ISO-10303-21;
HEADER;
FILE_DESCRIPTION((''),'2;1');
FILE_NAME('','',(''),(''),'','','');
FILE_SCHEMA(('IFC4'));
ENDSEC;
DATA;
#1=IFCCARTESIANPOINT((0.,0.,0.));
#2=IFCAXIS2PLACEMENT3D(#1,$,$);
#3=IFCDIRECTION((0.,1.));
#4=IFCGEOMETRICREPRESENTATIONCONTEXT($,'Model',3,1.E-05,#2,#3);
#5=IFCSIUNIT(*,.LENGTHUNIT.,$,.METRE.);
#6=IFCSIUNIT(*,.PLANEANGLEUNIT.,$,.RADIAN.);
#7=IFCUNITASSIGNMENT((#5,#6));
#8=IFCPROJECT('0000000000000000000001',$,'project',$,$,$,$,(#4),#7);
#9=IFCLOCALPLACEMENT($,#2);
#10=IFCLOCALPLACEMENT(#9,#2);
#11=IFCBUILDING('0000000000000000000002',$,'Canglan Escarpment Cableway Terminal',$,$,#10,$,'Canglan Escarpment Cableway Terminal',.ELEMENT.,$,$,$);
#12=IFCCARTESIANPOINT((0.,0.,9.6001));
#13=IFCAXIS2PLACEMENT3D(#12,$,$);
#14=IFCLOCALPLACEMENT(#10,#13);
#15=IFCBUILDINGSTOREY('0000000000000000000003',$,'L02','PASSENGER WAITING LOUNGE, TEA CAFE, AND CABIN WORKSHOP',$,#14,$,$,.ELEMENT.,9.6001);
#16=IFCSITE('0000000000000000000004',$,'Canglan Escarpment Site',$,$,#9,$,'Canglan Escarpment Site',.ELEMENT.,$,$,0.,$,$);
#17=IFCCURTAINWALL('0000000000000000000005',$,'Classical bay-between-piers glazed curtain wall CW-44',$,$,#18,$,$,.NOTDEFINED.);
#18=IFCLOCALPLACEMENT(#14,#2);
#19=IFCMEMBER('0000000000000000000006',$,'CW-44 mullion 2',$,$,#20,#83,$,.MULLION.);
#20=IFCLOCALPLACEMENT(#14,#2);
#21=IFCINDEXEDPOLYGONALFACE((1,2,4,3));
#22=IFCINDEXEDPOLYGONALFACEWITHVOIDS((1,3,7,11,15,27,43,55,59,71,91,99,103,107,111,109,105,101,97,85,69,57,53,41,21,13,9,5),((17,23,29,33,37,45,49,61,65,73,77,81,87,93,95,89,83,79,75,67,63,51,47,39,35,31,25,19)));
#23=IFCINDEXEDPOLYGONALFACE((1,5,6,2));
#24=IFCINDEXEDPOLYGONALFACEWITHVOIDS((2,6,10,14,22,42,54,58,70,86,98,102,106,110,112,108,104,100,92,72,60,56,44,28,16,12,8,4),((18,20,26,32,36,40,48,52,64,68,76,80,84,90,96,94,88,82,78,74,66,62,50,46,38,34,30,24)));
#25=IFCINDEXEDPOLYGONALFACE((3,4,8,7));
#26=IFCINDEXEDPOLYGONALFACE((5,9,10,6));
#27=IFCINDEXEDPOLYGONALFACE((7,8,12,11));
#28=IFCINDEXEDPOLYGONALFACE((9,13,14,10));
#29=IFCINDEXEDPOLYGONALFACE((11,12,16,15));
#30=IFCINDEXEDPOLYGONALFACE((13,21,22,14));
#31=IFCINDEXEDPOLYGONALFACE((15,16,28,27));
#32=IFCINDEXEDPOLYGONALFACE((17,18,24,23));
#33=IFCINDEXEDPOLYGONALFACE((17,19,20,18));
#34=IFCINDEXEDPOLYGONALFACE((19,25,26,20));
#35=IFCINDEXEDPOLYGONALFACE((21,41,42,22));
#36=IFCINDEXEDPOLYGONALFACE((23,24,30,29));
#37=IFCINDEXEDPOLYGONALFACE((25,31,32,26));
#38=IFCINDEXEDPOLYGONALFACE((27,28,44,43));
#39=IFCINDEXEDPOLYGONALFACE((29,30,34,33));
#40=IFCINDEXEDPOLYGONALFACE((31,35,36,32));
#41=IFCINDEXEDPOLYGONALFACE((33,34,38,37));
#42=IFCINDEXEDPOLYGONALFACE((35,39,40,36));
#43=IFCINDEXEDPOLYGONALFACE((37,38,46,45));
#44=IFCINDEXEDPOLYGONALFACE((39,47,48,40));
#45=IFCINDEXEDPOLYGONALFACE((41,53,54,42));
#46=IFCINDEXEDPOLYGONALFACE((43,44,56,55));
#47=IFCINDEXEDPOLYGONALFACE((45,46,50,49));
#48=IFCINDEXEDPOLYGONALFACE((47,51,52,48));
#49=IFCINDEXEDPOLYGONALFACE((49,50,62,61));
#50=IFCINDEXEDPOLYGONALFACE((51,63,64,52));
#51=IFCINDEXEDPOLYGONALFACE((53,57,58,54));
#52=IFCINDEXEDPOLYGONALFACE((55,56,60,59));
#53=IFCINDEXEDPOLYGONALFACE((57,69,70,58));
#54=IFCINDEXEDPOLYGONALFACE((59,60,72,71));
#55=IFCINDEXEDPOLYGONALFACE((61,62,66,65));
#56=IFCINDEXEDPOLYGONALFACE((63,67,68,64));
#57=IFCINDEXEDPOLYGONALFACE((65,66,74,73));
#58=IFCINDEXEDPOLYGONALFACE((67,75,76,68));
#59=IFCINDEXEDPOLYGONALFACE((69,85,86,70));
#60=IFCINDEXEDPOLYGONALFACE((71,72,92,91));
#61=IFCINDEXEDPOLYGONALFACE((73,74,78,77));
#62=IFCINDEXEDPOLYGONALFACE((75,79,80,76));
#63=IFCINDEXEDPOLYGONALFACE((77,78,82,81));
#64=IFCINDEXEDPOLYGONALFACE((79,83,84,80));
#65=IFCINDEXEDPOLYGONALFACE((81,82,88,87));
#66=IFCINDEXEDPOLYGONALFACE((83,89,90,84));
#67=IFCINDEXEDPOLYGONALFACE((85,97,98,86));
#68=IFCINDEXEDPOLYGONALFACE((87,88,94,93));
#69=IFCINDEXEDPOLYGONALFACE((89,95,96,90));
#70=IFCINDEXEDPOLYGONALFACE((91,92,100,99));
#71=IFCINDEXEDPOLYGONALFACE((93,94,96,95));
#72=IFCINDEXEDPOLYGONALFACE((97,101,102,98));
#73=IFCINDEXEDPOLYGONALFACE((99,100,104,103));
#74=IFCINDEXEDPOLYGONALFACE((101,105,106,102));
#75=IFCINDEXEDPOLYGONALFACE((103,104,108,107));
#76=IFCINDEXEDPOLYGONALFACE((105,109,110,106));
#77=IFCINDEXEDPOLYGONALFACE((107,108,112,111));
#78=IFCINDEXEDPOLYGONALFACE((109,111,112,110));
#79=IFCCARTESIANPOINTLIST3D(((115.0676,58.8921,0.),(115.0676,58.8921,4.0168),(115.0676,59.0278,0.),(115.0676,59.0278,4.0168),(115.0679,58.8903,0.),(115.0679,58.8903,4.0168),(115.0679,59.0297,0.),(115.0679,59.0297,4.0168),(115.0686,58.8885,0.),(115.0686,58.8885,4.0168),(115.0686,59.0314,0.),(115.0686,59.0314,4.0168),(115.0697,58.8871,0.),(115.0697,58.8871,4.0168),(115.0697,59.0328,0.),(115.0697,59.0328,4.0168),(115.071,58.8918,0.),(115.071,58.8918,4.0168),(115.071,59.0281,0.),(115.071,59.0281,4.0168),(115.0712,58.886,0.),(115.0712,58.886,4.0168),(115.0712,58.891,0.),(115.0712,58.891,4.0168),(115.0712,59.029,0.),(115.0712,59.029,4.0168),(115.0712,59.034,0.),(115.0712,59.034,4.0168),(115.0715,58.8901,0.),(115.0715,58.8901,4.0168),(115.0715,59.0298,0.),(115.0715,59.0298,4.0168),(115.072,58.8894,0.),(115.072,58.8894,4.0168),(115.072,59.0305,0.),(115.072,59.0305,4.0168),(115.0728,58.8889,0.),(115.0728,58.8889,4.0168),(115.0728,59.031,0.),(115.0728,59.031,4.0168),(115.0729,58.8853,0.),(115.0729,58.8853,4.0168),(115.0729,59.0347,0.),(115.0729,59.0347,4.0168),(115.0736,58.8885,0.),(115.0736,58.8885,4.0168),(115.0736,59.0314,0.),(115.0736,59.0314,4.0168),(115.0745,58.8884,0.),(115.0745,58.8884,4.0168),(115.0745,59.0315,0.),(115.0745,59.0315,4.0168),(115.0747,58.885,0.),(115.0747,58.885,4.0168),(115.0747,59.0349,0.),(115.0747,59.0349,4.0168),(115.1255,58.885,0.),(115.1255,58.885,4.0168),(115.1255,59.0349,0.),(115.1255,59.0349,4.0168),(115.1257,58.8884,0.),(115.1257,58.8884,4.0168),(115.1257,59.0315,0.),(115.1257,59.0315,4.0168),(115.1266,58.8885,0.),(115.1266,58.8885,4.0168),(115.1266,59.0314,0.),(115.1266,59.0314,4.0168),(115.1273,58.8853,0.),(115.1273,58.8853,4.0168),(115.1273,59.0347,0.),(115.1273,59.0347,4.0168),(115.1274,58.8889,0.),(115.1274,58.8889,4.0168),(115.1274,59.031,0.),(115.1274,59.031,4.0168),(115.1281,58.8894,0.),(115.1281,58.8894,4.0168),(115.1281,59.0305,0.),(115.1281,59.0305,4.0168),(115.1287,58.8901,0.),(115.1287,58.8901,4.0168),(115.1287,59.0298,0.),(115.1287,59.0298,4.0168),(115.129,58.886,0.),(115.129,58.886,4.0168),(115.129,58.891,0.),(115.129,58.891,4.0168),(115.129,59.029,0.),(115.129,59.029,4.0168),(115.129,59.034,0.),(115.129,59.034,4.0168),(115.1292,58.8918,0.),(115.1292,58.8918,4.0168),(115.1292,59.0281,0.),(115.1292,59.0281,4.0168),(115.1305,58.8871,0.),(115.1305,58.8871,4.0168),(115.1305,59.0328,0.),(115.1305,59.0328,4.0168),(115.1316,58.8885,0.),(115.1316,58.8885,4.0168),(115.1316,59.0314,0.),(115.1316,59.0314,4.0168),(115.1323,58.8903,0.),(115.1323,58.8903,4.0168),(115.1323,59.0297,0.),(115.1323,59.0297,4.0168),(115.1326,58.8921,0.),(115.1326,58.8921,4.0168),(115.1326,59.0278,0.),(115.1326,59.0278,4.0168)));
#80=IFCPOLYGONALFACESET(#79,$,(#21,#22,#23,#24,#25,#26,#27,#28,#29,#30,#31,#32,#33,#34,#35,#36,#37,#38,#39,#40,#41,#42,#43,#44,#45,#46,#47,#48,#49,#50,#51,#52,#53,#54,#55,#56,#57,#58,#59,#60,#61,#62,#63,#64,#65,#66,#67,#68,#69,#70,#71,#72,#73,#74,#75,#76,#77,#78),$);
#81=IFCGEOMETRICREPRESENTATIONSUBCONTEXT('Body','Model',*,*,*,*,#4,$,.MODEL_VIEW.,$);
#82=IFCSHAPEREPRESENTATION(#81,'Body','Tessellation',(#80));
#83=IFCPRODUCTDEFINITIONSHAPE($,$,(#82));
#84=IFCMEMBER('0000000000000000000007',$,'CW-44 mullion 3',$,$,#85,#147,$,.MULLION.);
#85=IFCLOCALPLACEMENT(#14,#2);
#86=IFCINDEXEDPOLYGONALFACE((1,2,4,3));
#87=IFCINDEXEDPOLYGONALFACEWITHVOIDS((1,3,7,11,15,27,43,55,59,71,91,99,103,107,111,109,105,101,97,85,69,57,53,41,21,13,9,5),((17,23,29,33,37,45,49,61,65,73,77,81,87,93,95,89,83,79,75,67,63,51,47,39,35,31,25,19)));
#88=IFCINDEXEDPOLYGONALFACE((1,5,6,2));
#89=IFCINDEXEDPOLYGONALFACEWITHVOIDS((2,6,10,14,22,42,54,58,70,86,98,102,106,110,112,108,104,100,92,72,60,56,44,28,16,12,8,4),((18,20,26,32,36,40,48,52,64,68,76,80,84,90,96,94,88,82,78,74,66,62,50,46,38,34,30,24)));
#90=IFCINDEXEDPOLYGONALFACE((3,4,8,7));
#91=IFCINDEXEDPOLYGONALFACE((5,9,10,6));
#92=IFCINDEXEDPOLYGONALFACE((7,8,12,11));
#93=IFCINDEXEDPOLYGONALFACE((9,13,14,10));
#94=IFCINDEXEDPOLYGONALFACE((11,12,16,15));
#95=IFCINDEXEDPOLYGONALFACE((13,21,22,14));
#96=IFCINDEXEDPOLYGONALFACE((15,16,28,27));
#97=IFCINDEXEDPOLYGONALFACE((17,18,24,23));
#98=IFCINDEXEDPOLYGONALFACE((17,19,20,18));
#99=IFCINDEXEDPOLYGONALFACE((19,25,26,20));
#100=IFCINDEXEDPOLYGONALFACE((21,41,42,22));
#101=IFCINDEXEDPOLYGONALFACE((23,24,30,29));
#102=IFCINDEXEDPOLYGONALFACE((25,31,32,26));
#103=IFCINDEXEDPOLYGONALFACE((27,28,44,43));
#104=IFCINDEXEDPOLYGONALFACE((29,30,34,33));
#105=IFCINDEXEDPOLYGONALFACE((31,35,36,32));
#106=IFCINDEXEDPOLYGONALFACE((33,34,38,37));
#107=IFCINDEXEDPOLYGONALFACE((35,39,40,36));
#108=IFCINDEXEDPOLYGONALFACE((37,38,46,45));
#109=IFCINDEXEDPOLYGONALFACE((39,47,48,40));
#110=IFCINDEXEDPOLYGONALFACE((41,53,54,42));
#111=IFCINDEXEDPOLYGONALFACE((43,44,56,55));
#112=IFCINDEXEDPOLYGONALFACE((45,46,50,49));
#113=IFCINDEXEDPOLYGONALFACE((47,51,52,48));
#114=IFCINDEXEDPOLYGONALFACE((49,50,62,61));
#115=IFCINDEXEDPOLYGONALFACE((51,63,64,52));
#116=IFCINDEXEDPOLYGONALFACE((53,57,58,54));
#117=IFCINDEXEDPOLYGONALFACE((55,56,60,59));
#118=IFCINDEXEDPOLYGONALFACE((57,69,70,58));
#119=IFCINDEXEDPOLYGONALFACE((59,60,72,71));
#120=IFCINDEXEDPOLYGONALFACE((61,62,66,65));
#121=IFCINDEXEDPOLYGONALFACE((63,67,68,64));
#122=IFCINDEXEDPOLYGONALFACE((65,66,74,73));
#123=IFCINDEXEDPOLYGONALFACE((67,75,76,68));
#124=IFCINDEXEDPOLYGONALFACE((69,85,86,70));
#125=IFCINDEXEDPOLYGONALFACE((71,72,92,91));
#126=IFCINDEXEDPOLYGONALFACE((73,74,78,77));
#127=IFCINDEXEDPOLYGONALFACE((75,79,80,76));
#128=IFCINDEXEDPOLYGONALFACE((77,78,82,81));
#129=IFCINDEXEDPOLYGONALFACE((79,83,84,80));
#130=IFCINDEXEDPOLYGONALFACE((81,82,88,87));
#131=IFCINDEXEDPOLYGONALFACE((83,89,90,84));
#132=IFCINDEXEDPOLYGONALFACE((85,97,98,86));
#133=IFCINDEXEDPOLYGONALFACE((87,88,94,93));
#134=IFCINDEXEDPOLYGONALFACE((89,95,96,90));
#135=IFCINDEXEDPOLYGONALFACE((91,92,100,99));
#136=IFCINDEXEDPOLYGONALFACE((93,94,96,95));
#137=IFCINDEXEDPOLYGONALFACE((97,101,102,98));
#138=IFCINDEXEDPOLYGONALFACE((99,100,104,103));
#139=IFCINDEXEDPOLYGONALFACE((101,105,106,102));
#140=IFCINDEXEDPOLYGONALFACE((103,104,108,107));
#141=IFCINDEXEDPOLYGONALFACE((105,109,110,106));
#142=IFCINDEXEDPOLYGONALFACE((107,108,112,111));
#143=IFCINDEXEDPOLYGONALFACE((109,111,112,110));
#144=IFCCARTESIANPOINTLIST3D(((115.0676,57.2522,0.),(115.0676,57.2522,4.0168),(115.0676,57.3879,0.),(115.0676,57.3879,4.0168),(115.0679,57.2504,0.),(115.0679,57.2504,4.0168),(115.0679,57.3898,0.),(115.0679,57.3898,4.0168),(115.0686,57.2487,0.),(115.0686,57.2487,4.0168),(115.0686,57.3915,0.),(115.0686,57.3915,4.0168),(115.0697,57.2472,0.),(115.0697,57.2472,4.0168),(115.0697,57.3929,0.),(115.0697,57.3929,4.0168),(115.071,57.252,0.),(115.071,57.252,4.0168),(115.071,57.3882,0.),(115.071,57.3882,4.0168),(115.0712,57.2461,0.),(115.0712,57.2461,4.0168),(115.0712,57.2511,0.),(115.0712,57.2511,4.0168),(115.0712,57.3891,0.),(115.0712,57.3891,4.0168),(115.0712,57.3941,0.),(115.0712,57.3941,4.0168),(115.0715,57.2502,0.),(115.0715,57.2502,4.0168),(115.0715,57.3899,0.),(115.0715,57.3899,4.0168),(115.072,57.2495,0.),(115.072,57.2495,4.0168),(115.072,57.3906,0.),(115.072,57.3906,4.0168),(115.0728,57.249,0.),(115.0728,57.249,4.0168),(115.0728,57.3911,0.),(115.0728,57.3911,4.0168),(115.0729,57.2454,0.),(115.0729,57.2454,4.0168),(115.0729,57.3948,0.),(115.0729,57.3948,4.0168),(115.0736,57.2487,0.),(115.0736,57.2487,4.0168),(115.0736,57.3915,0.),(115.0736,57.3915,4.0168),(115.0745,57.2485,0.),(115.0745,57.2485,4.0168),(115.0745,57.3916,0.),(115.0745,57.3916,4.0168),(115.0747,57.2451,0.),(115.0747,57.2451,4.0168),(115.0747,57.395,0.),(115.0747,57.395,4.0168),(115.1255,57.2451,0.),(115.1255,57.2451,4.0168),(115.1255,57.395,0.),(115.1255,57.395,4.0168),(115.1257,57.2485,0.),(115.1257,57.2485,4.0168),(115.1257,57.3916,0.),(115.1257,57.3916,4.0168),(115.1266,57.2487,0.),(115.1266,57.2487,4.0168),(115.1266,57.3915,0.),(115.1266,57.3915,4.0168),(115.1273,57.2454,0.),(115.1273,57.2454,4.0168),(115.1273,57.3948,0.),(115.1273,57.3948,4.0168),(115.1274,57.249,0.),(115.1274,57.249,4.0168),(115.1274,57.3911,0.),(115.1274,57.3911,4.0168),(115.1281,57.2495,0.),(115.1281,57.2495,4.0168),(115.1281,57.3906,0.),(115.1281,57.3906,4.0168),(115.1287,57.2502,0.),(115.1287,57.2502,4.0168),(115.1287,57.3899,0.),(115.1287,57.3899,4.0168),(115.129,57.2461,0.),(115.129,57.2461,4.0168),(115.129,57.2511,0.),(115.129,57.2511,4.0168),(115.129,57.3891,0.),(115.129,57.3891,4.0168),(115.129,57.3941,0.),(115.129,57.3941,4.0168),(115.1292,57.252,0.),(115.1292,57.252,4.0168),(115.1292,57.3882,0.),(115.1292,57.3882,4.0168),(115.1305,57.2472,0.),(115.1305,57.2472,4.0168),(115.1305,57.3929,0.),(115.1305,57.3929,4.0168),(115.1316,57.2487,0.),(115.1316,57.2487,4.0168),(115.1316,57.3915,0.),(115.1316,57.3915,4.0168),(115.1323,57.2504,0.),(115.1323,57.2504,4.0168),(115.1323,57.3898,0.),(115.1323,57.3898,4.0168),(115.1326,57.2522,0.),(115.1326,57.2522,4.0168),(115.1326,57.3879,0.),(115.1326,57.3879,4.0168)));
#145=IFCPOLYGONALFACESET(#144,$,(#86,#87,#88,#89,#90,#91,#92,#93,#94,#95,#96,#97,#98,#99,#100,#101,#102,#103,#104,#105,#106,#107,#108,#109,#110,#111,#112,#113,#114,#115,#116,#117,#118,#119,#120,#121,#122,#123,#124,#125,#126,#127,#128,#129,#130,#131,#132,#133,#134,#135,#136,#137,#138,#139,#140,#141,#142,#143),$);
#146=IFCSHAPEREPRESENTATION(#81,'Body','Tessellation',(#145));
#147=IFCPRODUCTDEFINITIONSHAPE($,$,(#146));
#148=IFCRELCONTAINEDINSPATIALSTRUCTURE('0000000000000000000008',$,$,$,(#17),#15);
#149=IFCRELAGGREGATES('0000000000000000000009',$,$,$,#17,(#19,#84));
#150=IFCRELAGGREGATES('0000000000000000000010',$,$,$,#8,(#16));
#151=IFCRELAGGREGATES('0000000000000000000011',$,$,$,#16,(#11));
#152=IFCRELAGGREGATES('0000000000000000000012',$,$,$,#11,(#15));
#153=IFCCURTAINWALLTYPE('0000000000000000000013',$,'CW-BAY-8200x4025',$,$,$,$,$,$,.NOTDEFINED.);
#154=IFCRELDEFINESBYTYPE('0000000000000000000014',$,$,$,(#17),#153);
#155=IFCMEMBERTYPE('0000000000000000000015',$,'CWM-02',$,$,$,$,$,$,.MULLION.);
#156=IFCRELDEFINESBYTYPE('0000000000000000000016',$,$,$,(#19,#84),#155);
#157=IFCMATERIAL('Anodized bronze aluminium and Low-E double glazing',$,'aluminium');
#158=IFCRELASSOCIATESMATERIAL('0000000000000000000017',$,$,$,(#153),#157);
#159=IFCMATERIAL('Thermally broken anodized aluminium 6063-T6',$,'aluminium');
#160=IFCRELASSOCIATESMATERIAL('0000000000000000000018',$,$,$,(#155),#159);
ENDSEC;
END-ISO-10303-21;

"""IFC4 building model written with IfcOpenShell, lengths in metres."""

from ifc_helpers import new_model, si_unit, direction, frame, origin, origin_2d, place, context, subcontext, project, spatial, hollow_rectangle, extrude, material, material_profile, profile_set, type_object, element, aggregate, save


model = new_model("IFC4")

# Units and contexts
model_context = context("Model", 3, precision=1e-05, world=origin(), true_north=direction((0.0, 1.0)))
body_context = subcontext(model_context, "Body", "Model", "MODEL_VIEW")
ifc_project = project(units=[si_unit("LENGTHUNIT", "METRE"), si_unit("PLANEANGLEUNIT", "RADIAN")], contexts=[model_context])

# Site, building, storey
site_placement = place(None, origin())
site = spatial("IfcSite", under=ifc_project, at=site_placement, Name="Canglan Escarpment Site", LongName="Canglan Escarpment Site", CompositionType="ELEMENT", RefElevation=0.0)
building_placement = place(site_placement, origin())
building = spatial("IfcBuilding", under=site, at=building_placement, Name="Canglan Escarpment Cableway Terminal", LongName="Canglan Escarpment Cableway Terminal", CompositionType="ELEMENT")
storey_placement = place(building_placement, frame((0.0, 0.0, 9.6001)))
storey = spatial("IfcBuildingStorey", under=building, at=storey_placement, Name="L02", Description="PASSENGER WAITING LOUNGE, TEA CAFE, AND CABIN WORKSHOP", CompositionType="ELEMENT", Elevation=9.6001)

# Curtain wall, members
ifc_material_1 = material(Name="Anodized bronze aluminium and Low-E double glazing", Category="aluminium")
curtain_wall_type = type_object("IfcCurtainWallType", Name="CW-BAY-8200x4025", PredefinedType="NOTDEFINED", material=ifc_material_1)
curtain_wall_placement = place(storey_placement, origin())
curtain_wall = element("IfcCurtainWall", 1, at=curtain_wall_placement, inside=storey, type_object=curtain_wall_type, Name="Classical bay-between-piers glazed curtain wall CW-44", PredefinedType="NOTDEFINED")
ifc_material_2 = material(Name="Thermally broken anodized aluminium 6063-T6", Category="aluminium")
ifc_material_profile_1 = material_profile(ifc_material_2, hollow_rectangle(XDim=0.0649, YDim=0.1499, WallThickness=0.0034, InnerFilletRadius=0.0034, OuterFilletRadius=0.0071, at=origin_2d()), Name="ALU-MULL 65x150x3.5")
ifc_profile_set_1 = profile_set([ifc_material_profile_1], Name="Thermally broken anodized aluminium 6063-T6")
member_type_1 = type_object("IfcMemberType", Name="CWM-02", PredefinedType="MULLION", material=ifc_profile_set_1)
member_1_placement = place(storey_placement, frame((115.1001, 58.96, 0.0), z_axis=(0.0, 0.0, 1.0), x_axis=(1.0, 0.0, 0.0)))
member_1 = element("IfcMember", 2, at=member_1_placement, type_object=member_type_1, Name="CW-44 mullion 2", PredefinedType="MULLION", context=body_context, shape_type="SweptSolid", body=[
    extrude(hollow_rectangle(XDim=0.0649, YDim=0.1499, WallThickness=0.0034, InnerFilletRadius=0.0034, OuterFilletRadius=0.0071, at=origin_2d()), origin(), (0.0, 0.0, 1.0), 4.0168),
])
member_2_placement = place(storey_placement, frame((115.1001, 57.3201, 0.0), z_axis=(0.0, 0.0, 1.0), x_axis=(1.0, 0.0, 0.0)))
member_2 = element("IfcMember", 3, at=member_2_placement, type_object=member_type_1, Name="CW-44 mullion 3", PredefinedType="MULLION", context=body_context, shape_type="SweptSolid", body=[
    extrude(hollow_rectangle(XDim=0.0649, YDim=0.1499, WallThickness=0.0034, InnerFilletRadius=0.0034, OuterFilletRadius=0.0071, at=origin_2d()), origin(), (0.0, 0.0, 1.0), 4.0168),
])

aggregate(curtain_wall, [member_1, member_2])

save(model, "model.ifc")
